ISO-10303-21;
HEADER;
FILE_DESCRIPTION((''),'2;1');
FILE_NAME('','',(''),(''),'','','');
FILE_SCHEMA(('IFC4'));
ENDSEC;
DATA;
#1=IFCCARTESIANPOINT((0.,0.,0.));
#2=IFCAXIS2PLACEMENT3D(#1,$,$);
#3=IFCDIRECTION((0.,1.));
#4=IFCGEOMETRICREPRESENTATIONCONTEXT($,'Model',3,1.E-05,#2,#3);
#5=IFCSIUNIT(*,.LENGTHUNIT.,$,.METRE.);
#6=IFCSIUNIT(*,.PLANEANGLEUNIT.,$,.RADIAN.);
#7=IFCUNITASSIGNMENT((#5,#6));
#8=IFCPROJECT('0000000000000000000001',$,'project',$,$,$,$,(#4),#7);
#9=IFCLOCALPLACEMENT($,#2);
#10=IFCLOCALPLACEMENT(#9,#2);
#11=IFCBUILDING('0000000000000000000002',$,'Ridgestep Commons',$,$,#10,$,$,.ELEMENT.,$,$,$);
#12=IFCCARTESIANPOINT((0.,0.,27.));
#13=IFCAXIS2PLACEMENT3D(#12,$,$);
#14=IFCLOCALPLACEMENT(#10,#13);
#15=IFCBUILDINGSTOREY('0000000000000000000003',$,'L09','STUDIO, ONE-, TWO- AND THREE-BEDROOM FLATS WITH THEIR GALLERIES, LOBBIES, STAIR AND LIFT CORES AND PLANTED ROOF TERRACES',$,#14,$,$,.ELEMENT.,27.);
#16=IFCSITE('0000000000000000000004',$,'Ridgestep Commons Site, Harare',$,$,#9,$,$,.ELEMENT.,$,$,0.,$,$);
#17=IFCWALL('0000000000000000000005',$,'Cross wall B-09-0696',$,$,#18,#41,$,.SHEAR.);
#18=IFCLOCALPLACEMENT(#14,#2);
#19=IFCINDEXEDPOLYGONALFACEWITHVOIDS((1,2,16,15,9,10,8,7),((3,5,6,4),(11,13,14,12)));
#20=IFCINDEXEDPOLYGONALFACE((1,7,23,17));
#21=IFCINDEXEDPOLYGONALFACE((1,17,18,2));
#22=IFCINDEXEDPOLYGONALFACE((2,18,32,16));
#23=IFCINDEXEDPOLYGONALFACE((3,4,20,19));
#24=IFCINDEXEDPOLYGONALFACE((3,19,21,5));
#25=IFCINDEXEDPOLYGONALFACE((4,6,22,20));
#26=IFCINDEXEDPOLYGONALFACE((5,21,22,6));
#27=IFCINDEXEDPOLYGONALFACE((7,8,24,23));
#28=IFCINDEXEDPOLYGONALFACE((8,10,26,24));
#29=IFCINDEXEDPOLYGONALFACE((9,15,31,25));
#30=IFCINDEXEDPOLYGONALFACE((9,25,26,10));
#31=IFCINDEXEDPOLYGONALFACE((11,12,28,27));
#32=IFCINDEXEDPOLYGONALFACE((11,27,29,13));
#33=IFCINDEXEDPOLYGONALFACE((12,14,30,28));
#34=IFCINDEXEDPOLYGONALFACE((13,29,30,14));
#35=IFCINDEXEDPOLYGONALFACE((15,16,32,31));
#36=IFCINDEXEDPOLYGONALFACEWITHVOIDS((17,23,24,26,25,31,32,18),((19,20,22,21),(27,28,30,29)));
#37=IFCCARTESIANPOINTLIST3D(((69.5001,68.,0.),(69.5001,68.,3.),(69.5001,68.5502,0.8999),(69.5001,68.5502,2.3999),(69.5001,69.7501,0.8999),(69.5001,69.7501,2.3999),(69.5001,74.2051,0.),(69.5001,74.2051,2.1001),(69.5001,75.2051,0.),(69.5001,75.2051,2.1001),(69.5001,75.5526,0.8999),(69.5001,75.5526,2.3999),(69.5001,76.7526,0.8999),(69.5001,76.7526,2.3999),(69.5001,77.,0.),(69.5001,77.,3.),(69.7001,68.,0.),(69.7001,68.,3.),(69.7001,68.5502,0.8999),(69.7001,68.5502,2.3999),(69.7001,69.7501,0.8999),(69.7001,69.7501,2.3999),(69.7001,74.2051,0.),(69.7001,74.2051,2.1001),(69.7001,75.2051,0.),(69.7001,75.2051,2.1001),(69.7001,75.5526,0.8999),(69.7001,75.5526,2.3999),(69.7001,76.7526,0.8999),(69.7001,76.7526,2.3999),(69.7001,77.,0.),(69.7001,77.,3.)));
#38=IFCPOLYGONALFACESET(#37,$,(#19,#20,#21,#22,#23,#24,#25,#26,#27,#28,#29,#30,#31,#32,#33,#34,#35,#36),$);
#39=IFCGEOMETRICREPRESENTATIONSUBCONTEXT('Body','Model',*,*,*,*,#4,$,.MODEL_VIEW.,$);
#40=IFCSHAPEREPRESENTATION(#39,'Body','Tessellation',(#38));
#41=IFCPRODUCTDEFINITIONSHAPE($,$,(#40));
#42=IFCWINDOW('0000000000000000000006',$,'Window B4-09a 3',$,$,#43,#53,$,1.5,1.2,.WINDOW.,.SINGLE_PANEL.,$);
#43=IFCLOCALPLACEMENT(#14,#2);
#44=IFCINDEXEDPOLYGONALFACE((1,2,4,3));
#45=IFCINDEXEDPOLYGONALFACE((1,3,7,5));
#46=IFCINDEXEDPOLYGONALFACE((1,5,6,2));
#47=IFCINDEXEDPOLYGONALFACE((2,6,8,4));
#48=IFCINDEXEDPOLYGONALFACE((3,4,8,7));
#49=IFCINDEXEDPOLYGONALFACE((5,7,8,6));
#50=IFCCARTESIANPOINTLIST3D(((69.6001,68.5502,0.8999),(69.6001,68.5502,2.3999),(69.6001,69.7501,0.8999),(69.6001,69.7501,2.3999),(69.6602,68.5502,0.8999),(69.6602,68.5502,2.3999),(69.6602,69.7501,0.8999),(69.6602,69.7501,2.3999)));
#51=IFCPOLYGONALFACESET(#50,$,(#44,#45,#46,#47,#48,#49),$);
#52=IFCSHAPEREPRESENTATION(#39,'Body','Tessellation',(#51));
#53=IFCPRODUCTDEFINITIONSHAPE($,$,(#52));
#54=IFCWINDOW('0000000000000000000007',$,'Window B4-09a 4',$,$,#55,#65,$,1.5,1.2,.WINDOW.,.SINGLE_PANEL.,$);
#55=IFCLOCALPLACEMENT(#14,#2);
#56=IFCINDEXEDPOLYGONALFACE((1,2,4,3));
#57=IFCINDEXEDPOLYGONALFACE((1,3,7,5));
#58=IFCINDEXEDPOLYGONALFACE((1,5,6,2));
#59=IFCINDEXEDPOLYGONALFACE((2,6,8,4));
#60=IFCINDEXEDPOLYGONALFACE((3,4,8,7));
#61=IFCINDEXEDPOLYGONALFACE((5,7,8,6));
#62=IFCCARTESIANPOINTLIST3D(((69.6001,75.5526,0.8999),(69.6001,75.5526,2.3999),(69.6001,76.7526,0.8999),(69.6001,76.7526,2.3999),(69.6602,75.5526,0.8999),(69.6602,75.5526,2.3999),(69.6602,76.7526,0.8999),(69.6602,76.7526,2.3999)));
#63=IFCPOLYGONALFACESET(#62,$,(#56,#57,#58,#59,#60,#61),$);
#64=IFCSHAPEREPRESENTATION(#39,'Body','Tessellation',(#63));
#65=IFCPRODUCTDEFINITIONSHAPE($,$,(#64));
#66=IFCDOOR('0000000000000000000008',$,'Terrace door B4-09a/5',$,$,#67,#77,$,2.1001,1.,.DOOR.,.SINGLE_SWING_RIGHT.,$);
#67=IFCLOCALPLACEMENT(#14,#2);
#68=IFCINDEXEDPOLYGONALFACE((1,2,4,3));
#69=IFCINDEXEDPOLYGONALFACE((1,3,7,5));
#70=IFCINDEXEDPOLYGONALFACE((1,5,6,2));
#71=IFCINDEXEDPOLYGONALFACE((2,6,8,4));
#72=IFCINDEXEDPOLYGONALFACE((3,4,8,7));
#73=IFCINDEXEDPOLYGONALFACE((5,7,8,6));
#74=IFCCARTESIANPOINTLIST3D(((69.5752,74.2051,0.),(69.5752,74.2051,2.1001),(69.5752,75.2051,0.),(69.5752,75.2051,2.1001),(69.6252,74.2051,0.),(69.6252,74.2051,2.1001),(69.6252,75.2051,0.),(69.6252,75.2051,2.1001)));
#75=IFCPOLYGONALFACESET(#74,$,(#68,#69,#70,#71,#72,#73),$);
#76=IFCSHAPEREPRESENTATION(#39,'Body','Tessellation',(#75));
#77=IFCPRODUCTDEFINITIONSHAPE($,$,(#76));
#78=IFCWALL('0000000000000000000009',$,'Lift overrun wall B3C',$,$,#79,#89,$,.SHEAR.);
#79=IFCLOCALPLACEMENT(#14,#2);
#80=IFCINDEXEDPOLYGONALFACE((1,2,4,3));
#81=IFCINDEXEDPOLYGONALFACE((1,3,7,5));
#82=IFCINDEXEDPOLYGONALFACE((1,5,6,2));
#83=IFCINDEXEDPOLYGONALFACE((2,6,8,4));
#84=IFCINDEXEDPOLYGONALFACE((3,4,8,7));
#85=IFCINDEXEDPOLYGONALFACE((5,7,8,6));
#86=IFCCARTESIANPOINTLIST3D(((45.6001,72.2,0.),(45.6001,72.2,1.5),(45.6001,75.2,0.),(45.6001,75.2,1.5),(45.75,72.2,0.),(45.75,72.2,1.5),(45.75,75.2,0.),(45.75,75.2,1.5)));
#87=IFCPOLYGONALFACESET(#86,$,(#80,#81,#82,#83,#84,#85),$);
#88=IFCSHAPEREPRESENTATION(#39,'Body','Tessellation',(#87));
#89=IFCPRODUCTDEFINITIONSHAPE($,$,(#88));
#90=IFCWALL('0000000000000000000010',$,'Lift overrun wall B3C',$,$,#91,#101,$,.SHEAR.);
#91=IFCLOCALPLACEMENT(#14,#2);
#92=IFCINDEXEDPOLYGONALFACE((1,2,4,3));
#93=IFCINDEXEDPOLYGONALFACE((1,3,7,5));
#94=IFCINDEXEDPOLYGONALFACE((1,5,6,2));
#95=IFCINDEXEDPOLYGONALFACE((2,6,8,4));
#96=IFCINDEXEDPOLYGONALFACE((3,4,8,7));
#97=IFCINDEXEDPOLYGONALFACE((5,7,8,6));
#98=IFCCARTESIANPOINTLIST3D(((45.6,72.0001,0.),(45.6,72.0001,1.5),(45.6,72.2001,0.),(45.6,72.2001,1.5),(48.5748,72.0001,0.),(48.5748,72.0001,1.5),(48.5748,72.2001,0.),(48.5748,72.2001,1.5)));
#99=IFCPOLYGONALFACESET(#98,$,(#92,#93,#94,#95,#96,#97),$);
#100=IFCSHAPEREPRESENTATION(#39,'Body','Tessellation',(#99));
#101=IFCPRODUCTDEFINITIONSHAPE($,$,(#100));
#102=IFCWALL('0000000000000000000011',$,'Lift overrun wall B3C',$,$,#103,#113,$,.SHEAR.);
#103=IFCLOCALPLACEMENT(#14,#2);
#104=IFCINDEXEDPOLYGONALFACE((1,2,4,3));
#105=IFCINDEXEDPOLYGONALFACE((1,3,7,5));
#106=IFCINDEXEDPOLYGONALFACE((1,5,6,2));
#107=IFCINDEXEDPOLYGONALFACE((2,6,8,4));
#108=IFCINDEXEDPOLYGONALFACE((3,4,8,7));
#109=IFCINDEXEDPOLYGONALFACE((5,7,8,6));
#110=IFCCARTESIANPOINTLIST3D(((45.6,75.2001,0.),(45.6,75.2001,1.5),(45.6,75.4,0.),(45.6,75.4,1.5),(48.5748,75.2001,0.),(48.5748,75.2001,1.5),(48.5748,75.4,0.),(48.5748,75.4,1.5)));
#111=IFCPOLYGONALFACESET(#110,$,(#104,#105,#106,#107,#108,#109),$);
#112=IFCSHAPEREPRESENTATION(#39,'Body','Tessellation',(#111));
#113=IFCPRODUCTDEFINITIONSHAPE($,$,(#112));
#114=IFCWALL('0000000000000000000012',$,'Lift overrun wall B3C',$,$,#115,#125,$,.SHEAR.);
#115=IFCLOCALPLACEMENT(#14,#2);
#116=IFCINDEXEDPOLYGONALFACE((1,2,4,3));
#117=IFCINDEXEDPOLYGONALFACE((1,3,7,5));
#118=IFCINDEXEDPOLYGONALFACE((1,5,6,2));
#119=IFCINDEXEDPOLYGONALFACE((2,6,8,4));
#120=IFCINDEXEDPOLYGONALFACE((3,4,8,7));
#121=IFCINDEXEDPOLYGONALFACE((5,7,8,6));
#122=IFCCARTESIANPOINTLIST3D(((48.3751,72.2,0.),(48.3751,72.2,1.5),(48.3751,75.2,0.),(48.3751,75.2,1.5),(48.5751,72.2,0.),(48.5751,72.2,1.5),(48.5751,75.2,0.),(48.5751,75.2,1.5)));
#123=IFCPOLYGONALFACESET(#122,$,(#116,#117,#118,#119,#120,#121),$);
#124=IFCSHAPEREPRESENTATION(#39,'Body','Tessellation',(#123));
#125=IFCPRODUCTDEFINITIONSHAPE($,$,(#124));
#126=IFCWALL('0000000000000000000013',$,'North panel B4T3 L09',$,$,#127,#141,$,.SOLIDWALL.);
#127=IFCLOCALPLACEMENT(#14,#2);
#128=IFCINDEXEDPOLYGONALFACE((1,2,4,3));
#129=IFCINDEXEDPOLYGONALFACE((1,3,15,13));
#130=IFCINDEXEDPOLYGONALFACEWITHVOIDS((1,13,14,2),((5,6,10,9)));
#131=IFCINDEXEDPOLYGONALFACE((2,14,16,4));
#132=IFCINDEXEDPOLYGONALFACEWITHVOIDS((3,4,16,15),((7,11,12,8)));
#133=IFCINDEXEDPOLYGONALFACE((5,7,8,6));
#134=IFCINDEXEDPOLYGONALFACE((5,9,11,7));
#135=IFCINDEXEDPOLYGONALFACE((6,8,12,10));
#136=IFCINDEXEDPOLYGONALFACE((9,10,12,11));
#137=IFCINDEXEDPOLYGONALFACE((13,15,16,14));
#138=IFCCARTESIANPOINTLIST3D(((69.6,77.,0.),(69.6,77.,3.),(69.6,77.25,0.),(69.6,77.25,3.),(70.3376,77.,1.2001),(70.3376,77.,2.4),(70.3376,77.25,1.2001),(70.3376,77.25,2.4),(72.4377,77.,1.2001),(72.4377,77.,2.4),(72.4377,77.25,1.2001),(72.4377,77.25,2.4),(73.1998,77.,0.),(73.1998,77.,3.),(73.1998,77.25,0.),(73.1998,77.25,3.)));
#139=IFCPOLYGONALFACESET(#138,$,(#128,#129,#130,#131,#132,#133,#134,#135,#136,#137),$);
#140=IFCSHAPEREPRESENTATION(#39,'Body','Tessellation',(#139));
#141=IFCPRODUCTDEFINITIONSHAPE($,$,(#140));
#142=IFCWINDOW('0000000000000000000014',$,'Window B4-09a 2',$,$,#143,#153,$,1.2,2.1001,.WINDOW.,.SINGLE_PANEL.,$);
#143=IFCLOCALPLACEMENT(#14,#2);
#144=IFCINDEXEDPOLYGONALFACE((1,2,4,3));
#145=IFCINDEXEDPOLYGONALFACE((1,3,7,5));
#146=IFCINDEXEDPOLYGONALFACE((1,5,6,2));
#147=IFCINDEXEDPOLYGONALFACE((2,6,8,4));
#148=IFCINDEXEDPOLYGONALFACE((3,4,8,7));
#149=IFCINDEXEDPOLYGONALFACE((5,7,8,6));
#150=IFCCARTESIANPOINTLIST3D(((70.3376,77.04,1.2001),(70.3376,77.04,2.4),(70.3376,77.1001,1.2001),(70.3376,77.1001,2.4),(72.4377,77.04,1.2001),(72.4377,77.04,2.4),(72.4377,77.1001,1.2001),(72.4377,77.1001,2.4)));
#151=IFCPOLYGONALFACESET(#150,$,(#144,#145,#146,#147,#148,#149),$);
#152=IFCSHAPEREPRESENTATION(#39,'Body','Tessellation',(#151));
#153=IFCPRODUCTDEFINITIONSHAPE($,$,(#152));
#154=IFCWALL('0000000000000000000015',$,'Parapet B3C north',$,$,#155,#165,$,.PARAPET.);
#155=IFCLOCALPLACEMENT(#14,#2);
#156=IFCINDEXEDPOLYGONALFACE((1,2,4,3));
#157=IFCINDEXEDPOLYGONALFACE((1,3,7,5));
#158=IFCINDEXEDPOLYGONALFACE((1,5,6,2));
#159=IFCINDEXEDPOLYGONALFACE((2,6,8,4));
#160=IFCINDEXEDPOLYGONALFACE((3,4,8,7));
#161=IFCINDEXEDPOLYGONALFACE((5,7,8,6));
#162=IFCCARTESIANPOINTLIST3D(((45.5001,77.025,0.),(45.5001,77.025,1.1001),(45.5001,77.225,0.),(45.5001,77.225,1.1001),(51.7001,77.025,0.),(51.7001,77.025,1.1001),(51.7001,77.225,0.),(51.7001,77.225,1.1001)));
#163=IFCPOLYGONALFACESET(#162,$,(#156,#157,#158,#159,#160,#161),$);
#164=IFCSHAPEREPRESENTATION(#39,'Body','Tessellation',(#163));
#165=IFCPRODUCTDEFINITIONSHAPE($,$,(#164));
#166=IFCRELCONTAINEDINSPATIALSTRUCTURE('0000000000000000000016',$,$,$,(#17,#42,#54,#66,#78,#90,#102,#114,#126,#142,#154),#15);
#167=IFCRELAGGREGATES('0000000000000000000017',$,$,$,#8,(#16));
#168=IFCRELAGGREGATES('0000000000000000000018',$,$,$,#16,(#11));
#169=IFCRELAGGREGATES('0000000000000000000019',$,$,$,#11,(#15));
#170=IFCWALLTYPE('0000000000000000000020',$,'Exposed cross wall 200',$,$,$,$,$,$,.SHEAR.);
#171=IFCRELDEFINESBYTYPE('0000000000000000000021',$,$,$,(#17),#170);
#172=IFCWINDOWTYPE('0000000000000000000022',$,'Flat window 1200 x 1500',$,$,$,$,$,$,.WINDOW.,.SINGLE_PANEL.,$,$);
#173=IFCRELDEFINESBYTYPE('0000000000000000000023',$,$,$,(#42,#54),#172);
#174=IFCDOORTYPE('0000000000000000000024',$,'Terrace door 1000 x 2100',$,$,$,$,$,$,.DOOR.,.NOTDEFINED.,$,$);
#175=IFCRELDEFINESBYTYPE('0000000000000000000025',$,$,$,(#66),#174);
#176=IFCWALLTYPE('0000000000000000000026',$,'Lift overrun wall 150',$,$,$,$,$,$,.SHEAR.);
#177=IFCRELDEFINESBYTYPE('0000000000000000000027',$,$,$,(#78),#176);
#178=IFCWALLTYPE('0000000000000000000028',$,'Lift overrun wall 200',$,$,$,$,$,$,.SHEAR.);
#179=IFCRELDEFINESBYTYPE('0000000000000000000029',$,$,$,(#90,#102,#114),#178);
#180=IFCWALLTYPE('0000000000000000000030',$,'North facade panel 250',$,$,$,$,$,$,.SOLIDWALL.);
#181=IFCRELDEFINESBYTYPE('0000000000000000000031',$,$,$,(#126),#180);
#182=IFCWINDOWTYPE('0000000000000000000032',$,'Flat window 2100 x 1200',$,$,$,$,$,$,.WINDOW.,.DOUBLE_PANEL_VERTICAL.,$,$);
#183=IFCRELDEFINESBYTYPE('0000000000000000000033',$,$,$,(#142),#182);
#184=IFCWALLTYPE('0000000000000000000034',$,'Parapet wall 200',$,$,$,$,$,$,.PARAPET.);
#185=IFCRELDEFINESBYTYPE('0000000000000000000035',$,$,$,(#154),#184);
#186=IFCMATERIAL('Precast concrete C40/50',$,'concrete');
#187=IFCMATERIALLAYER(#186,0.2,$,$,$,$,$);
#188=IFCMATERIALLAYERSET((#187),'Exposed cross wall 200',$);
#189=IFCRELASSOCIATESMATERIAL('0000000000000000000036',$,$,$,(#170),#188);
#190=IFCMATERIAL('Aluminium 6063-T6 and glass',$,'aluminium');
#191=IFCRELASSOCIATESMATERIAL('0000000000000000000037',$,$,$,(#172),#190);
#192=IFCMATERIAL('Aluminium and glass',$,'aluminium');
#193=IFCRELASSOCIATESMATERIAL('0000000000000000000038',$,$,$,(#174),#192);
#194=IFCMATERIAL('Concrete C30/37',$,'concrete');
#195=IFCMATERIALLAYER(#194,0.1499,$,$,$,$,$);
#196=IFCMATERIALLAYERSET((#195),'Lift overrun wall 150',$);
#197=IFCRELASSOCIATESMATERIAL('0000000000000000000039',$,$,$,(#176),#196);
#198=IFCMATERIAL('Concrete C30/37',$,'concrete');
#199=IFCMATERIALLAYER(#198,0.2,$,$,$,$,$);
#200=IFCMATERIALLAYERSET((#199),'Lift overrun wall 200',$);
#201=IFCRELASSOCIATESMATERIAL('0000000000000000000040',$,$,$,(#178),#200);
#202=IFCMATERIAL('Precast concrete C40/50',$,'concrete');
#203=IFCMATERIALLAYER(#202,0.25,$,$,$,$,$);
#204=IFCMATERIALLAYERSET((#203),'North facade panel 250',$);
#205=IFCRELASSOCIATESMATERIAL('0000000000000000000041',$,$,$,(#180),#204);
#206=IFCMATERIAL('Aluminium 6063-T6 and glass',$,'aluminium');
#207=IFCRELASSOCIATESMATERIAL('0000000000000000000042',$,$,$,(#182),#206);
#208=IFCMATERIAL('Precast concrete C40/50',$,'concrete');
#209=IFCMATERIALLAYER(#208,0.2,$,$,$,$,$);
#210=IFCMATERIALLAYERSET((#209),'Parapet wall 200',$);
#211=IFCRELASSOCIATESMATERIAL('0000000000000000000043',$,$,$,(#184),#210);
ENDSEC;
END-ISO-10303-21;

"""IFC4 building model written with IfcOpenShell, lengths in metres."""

from ifc_helpers import new_model, si_unit, direction, frame, frame_2d, origin, place, context, subcontext, project, spatial, rectangle, extrude, material, layer, layer_set, type_object, element, fill, save


model = new_model("IFC4")

# Units and contexts
model_context = context("Model", 3, precision=1e-05, world=origin(), true_north=direction((0.0, 1.0)))
body_context = subcontext(model_context, "Body", "Model", "MODEL_VIEW")
ifc_project = project(units=[si_unit("LENGTHUNIT", "METRE"), si_unit("PLANEANGLEUNIT", "RADIAN")], contexts=[model_context])

# Site, building, storey
site_placement = place(None, origin())
site = spatial("IfcSite", under=ifc_project, at=site_placement, Name="Ridgestep Commons Site, Harare", CompositionType="ELEMENT", RefElevation=0.0)
building_placement = place(site_placement, origin())
building = spatial("IfcBuilding", under=site, at=building_placement, Name="Ridgestep Commons", CompositionType="ELEMENT")
storey_placement = place(building_placement, frame((0.0, 0.0, 27.0)))
storey = spatial("IfcBuildingStorey", under=building, at=storey_placement, Name="L09", Description="STUDIO, ONE-, TWO- AND THREE-BEDROOM FLATS WITH THEIR GALLERIES, LOBBIES, STAIR AND LIFT CORES AND PLANTED ROOF TERRACES", CompositionType="ELEMENT", Elevation=27.0)

# Wall, openings, windows, door
ifc_material_1 = material(Name="Precast concrete C40/50", Category="concrete")
ifc_layer_1 = layer(ifc_material_1, 0.2)
ifc_layer_set_1 = layer_set([ifc_layer_1], Name="Exposed cross wall 200")
wall_type_1 = type_object("IfcWallType", Name="Exposed cross wall 200", PredefinedType="SHEAR", material=ifc_layer_set_1)
wall_1_placement = place(storey_placement, frame((69.6001, 68.0, 0.0), z_axis=(0.0, 0.0, 1.0), x_axis=(0.0, 1.0, 0.0)))
wall_1 = element("IfcWall", 1, at=wall_1_placement, inside=storey, type_object=wall_type_1, Name="Cross wall B-09-0696", PredefinedType="SHEAR", context=body_context, shape_type="SweptSolid", body=[
    extrude(rectangle(XDim=9.0, YDim=0.2, at=frame_2d((4.5, 0.0))), origin(), (0.0, 0.0, 1.0), 3.0),
])
opening_1_placement = place(wall_1_placement, frame((0.55, 0.0, 0.8999)))
opening_1 = element("IfcOpeningElement", 2, at=opening_1_placement, cuts=wall_1, PredefinedType="OPENING", context=body_context, shape_type="SweptSolid", body=[
    extrude(rectangle(XDim=1.2, YDim=1.5, at=frame_2d((0.6001, 0.75))), frame((0.0, 0.1099, 0.0), z_axis=(0.0, -1.0, 0.0), x_axis=(1.0, 0.0, 0.0)), (0.0, 0.0, 1.0), 0.22),
])
opening_2_placement = place(wall_1_placement, frame((7.5525, 0.0, 0.8999)))
opening_2 = element("IfcOpeningElement", 3, at=opening_2_placement, cuts=wall_1, PredefinedType="OPENING", context=body_context, shape_type="SweptSolid", body=[
    extrude(rectangle(XDim=1.2, YDim=1.5, at=frame_2d((0.6001, 0.75))), frame((0.0, 0.1099, 0.0), z_axis=(0.0, -1.0, 0.0), x_axis=(1.0, 0.0, 0.0)), (0.0, 0.0, 1.0), 0.22),
])
opening_3_placement = place(wall_1_placement, frame((6.2051, 0.0, 0.0)))
opening_3 = element("IfcOpeningElement", 4, at=opening_3_placement, cuts=wall_1, PredefinedType="OPENING", context=body_context, shape_type="SweptSolid", body=[
    extrude(rectangle(XDim=1.0, YDim=2.1001, at=frame_2d((0.5, 1.05))), frame((0.0, 0.1099, 0.0), z_axis=(0.0, -1.0, 0.0), x_axis=(1.0, 0.0, 0.0)), (0.0, 0.0, 1.0), 0.22),
])
ifc_material_2 = material(Name="Aluminium 6063-T6 and glass", Category="aluminium")
window_type_1 = type_object("IfcWindowType", Name="Flat window 1200 x 1500", PartitioningType="SINGLE_PANEL", PredefinedType="WINDOW", material=ifc_material_2)
window_1_placement = place(opening_1_placement, origin())
window_1 = element("IfcWindow", 5, at=window_1_placement, inside=storey, type_object=window_type_1, Name="Window B4-09a 3", OverallHeight=1.5, OverallWidth=1.2, PartitioningType="SINGLE_PANEL", PredefinedType="WINDOW", context=body_context, shape_type="SweptSolid", body=[
    extrude(rectangle(XDim=1.2, YDim=1.5, at=frame_2d((0.6001, 0.75))), frame((0.0, 0.0, 0.0), z_axis=(0.0, -1.0, 0.0), x_axis=(1.0, 0.0, 0.0)), (0.0, 0.0, 1.0), 0.0601),
])
fill(opening_1, window_1)
window_2_placement = place(opening_2_placement, origin())
window_2 = element("IfcWindow", 6, at=window_2_placement, inside=storey, type_object=window_type_1, Name="Window B4-09a 4", OverallHeight=1.5, OverallWidth=1.2, PartitioningType="SINGLE_PANEL", PredefinedType="WINDOW", context=body_context, shape_type="SweptSolid", body=[
    extrude(rectangle(XDim=1.2, YDim=1.5, at=frame_2d((0.6001, 0.75))), frame((0.0, 0.0, 0.0), z_axis=(0.0, -1.0, 0.0), x_axis=(1.0, 0.0, 0.0)), (0.0, 0.0, 1.0), 0.0601),
])
fill(opening_2, window_2)
ifc_material_3 = material(Name="Aluminium and glass", Category="aluminium")
door_type_1 = type_object("IfcDoorType", Name="Terrace door 1000 x 2100", OperationType="NOTDEFINED", PredefinedType="DOOR", material=ifc_material_3)
door_1_placement = place(opening_3_placement, origin())
door_1 = element("IfcDoor", 7, at=door_1_placement, inside=storey, type_object=door_type_1, Name="Terrace door B4-09a/5", OperationType="SINGLE_SWING_RIGHT", OverallHeight=2.1001, OverallWidth=1.0, PredefinedType="DOOR", context=body_context, shape_type="SweptSolid", body=[
    extrude(rectangle(XDim=1.0, YDim=2.1001, at=frame_2d((0.5, 1.05))), frame((0.0, 0.0249, 0.0), z_axis=(0.0, -1.0, 0.0), x_axis=(1.0, 0.0, 0.0)), (0.0, 0.0, 1.0), 0.05),
])
fill(opening_3, door_1)

# Walls
ifc_material_4 = material(Name="Concrete C30/37", Category="concrete")
ifc_layer_2 = layer(ifc_material_4, 0.1499)
ifc_layer_set_2 = layer_set([ifc_layer_2], Name="Lift overrun wall 150")
wall_type_2 = type_object("IfcWallType", Name="Lift overrun wall 150", PredefinedType="SHEAR", material=ifc_layer_set_2)
wall_2_placement = place(storey_placement, frame((45.675, 72.2, 0.0), z_axis=(0.0, 0.0, 1.0), x_axis=(0.0, 1.0, 0.0)))
element("IfcWall", 8, at=wall_2_placement, inside=storey, type_object=wall_type_2, Name="Lift overrun wall B3C", PredefinedType="SHEAR", context=body_context, shape_type="SweptSolid", body=[
    extrude(rectangle(XDim=3.0, YDim=0.1499, at=frame_2d((1.5, 0.0))), origin(), (0.0, 0.0, 1.0), 1.5),
])
ifc_material_5 = material(Name="Concrete C30/37", Category="concrete")
ifc_layer_3 = layer(ifc_material_5, 0.2)
ifc_layer_set_3 = layer_set([ifc_layer_3], Name="Lift overrun wall 200")
wall_type_3 = type_object("IfcWallType", Name="Lift overrun wall 200", PredefinedType="SHEAR", material=ifc_layer_set_3)
for number, where, z_axis, x_axis, name in (
    (9, (45.6001, 72.1001, 0.0), (0.0, 0.0, 1.0), (1.0, 0.0, 0.0), "Lift overrun wall B3C"),
    (10, (45.6001, 75.3, 0.0), (0.0, 0.0, 1.0), (1.0, 0.0, 0.0), "Lift overrun wall B3C"),
):
    element("IfcWall", number, at=place(storey_placement, frame(where, z_axis=z_axis, x_axis=x_axis)), inside=storey, type_object=wall_type_3, Name=name, PredefinedType="SHEAR", context=body_context, shape_type="SweptSolid", body=[
        extrude(rectangle(XDim=2.9749, YDim=0.2, at=frame_2d((1.4873, 0.0))), origin(), (0.0, 0.0, 1.0), 1.5),
    ])
wall_3_placement = place(storey_placement, frame((48.4751, 72.2, 0.0), z_axis=(0.0, 0.0, 1.0), x_axis=(0.0, 1.0, 0.0)))
element("IfcWall", 11, at=wall_3_placement, inside=storey, type_object=wall_type_3, Name="Lift overrun wall B3C", PredefinedType="SHEAR", context=body_context, shape_type="SweptSolid", body=[
    extrude(rectangle(XDim=3.0, YDim=0.2, at=frame_2d((1.5, 0.0))), origin(), (0.0, 0.0, 1.0), 1.5),
])

# Wall, opening, window
ifc_material_6 = material(Name="Precast concrete C40/50", Category="concrete")
ifc_layer_4 = layer(ifc_material_6, 0.25)
ifc_layer_set_4 = layer_set([ifc_layer_4], Name="North facade panel 250")
wall_type_4 = type_object("IfcWallType", Name="North facade panel 250", PredefinedType="SOLIDWALL", material=ifc_layer_set_4)
wall_4_placement = place(storey_placement, frame((69.6001, 77.125, 0.0), z_axis=(0.0, 0.0, 1.0), x_axis=(1.0, 0.0, 0.0)))
wall_4 = element("IfcWall", 12, at=wall_4_placement, inside=storey, type_object=wall_type_4, Name="North panel B4T3 L09", PredefinedType="SOLIDWALL", context=body_context, shape_type="SweptSolid", body=[
    extrude(rectangle(XDim=3.5999, YDim=0.25, at=frame_2d((1.7998, 0.0))), origin(), (0.0, 0.0, 1.0), 3.0),
])
opening_4_placement = place(wall_4_placement, frame((0.7375, 0.0, 1.2)))
opening_4 = element("IfcOpeningElement", 13, at=opening_4_placement, cuts=wall_4, PredefinedType="OPENING", context=body_context, shape_type="SweptSolid", body=[
    extrude(rectangle(XDim=2.1001, YDim=1.2, at=frame_2d((1.05, 0.6001))), frame((0.0, 0.135, 0.0), z_axis=(0.0, -1.0, 0.0), x_axis=(1.0, 0.0, 0.0)), (0.0, 0.0, 1.0), 0.27),
])
ifc_material_7 = material(Name="Aluminium 6063-T6 and glass", Category="aluminium")
window_type_2 = type_object("IfcWindowType", Name="Flat window 2100 x 1200", PartitioningType="DOUBLE_PANEL_VERTICAL", PredefinedType="WINDOW", material=ifc_material_7)
window_3_placement = place(opening_4_placement, origin())
window_3 = element("IfcWindow", 14, at=window_3_placement, inside=storey, type_object=window_type_2, Name="Window B4-09a 2", OverallHeight=1.2, OverallWidth=2.1001, PartitioningType="SINGLE_PANEL", PredefinedType="WINDOW", context=body_context, shape_type="SweptSolid", body=[
    extrude(rectangle(XDim=2.1001, YDim=1.2, at=frame_2d((1.05, 0.6001))), frame((0.0, -0.0249, 0.0), z_axis=(0.0, -1.0, 0.0), x_axis=(1.0, 0.0, 0.0)), (0.0, 0.0, 1.0), 0.0601),
])
fill(opening_4, window_3)

# Wall
ifc_material_8 = material(Name="Precast concrete C40/50", Category="concrete")
ifc_layer_5 = layer(ifc_material_8, 0.2)
ifc_layer_set_5 = layer_set([ifc_layer_5], Name="Parapet wall 200")
wall_type_5 = type_object("IfcWallType", Name="Parapet wall 200", PredefinedType="PARAPET", material=ifc_layer_set_5)
wall_5_placement = place(storey_placement, frame((45.5, 77.125, 0.0), z_axis=(0.0, 0.0, 1.0), x_axis=(1.0, 0.0, 0.0)))
element("IfcWall", 15, at=wall_5_placement, inside=storey, type_object=wall_type_5, Name="Parapet B3C north", PredefinedType="PARAPET", context=body_context, shape_type="SweptSolid", body=[
    extrude(rectangle(XDim=6.2, YDim=0.2, at=frame_2d((3.1001, 0.0))), origin(), (0.0, 0.0, 1.0), 1.1001),
])

save(model, "model.ifc")
